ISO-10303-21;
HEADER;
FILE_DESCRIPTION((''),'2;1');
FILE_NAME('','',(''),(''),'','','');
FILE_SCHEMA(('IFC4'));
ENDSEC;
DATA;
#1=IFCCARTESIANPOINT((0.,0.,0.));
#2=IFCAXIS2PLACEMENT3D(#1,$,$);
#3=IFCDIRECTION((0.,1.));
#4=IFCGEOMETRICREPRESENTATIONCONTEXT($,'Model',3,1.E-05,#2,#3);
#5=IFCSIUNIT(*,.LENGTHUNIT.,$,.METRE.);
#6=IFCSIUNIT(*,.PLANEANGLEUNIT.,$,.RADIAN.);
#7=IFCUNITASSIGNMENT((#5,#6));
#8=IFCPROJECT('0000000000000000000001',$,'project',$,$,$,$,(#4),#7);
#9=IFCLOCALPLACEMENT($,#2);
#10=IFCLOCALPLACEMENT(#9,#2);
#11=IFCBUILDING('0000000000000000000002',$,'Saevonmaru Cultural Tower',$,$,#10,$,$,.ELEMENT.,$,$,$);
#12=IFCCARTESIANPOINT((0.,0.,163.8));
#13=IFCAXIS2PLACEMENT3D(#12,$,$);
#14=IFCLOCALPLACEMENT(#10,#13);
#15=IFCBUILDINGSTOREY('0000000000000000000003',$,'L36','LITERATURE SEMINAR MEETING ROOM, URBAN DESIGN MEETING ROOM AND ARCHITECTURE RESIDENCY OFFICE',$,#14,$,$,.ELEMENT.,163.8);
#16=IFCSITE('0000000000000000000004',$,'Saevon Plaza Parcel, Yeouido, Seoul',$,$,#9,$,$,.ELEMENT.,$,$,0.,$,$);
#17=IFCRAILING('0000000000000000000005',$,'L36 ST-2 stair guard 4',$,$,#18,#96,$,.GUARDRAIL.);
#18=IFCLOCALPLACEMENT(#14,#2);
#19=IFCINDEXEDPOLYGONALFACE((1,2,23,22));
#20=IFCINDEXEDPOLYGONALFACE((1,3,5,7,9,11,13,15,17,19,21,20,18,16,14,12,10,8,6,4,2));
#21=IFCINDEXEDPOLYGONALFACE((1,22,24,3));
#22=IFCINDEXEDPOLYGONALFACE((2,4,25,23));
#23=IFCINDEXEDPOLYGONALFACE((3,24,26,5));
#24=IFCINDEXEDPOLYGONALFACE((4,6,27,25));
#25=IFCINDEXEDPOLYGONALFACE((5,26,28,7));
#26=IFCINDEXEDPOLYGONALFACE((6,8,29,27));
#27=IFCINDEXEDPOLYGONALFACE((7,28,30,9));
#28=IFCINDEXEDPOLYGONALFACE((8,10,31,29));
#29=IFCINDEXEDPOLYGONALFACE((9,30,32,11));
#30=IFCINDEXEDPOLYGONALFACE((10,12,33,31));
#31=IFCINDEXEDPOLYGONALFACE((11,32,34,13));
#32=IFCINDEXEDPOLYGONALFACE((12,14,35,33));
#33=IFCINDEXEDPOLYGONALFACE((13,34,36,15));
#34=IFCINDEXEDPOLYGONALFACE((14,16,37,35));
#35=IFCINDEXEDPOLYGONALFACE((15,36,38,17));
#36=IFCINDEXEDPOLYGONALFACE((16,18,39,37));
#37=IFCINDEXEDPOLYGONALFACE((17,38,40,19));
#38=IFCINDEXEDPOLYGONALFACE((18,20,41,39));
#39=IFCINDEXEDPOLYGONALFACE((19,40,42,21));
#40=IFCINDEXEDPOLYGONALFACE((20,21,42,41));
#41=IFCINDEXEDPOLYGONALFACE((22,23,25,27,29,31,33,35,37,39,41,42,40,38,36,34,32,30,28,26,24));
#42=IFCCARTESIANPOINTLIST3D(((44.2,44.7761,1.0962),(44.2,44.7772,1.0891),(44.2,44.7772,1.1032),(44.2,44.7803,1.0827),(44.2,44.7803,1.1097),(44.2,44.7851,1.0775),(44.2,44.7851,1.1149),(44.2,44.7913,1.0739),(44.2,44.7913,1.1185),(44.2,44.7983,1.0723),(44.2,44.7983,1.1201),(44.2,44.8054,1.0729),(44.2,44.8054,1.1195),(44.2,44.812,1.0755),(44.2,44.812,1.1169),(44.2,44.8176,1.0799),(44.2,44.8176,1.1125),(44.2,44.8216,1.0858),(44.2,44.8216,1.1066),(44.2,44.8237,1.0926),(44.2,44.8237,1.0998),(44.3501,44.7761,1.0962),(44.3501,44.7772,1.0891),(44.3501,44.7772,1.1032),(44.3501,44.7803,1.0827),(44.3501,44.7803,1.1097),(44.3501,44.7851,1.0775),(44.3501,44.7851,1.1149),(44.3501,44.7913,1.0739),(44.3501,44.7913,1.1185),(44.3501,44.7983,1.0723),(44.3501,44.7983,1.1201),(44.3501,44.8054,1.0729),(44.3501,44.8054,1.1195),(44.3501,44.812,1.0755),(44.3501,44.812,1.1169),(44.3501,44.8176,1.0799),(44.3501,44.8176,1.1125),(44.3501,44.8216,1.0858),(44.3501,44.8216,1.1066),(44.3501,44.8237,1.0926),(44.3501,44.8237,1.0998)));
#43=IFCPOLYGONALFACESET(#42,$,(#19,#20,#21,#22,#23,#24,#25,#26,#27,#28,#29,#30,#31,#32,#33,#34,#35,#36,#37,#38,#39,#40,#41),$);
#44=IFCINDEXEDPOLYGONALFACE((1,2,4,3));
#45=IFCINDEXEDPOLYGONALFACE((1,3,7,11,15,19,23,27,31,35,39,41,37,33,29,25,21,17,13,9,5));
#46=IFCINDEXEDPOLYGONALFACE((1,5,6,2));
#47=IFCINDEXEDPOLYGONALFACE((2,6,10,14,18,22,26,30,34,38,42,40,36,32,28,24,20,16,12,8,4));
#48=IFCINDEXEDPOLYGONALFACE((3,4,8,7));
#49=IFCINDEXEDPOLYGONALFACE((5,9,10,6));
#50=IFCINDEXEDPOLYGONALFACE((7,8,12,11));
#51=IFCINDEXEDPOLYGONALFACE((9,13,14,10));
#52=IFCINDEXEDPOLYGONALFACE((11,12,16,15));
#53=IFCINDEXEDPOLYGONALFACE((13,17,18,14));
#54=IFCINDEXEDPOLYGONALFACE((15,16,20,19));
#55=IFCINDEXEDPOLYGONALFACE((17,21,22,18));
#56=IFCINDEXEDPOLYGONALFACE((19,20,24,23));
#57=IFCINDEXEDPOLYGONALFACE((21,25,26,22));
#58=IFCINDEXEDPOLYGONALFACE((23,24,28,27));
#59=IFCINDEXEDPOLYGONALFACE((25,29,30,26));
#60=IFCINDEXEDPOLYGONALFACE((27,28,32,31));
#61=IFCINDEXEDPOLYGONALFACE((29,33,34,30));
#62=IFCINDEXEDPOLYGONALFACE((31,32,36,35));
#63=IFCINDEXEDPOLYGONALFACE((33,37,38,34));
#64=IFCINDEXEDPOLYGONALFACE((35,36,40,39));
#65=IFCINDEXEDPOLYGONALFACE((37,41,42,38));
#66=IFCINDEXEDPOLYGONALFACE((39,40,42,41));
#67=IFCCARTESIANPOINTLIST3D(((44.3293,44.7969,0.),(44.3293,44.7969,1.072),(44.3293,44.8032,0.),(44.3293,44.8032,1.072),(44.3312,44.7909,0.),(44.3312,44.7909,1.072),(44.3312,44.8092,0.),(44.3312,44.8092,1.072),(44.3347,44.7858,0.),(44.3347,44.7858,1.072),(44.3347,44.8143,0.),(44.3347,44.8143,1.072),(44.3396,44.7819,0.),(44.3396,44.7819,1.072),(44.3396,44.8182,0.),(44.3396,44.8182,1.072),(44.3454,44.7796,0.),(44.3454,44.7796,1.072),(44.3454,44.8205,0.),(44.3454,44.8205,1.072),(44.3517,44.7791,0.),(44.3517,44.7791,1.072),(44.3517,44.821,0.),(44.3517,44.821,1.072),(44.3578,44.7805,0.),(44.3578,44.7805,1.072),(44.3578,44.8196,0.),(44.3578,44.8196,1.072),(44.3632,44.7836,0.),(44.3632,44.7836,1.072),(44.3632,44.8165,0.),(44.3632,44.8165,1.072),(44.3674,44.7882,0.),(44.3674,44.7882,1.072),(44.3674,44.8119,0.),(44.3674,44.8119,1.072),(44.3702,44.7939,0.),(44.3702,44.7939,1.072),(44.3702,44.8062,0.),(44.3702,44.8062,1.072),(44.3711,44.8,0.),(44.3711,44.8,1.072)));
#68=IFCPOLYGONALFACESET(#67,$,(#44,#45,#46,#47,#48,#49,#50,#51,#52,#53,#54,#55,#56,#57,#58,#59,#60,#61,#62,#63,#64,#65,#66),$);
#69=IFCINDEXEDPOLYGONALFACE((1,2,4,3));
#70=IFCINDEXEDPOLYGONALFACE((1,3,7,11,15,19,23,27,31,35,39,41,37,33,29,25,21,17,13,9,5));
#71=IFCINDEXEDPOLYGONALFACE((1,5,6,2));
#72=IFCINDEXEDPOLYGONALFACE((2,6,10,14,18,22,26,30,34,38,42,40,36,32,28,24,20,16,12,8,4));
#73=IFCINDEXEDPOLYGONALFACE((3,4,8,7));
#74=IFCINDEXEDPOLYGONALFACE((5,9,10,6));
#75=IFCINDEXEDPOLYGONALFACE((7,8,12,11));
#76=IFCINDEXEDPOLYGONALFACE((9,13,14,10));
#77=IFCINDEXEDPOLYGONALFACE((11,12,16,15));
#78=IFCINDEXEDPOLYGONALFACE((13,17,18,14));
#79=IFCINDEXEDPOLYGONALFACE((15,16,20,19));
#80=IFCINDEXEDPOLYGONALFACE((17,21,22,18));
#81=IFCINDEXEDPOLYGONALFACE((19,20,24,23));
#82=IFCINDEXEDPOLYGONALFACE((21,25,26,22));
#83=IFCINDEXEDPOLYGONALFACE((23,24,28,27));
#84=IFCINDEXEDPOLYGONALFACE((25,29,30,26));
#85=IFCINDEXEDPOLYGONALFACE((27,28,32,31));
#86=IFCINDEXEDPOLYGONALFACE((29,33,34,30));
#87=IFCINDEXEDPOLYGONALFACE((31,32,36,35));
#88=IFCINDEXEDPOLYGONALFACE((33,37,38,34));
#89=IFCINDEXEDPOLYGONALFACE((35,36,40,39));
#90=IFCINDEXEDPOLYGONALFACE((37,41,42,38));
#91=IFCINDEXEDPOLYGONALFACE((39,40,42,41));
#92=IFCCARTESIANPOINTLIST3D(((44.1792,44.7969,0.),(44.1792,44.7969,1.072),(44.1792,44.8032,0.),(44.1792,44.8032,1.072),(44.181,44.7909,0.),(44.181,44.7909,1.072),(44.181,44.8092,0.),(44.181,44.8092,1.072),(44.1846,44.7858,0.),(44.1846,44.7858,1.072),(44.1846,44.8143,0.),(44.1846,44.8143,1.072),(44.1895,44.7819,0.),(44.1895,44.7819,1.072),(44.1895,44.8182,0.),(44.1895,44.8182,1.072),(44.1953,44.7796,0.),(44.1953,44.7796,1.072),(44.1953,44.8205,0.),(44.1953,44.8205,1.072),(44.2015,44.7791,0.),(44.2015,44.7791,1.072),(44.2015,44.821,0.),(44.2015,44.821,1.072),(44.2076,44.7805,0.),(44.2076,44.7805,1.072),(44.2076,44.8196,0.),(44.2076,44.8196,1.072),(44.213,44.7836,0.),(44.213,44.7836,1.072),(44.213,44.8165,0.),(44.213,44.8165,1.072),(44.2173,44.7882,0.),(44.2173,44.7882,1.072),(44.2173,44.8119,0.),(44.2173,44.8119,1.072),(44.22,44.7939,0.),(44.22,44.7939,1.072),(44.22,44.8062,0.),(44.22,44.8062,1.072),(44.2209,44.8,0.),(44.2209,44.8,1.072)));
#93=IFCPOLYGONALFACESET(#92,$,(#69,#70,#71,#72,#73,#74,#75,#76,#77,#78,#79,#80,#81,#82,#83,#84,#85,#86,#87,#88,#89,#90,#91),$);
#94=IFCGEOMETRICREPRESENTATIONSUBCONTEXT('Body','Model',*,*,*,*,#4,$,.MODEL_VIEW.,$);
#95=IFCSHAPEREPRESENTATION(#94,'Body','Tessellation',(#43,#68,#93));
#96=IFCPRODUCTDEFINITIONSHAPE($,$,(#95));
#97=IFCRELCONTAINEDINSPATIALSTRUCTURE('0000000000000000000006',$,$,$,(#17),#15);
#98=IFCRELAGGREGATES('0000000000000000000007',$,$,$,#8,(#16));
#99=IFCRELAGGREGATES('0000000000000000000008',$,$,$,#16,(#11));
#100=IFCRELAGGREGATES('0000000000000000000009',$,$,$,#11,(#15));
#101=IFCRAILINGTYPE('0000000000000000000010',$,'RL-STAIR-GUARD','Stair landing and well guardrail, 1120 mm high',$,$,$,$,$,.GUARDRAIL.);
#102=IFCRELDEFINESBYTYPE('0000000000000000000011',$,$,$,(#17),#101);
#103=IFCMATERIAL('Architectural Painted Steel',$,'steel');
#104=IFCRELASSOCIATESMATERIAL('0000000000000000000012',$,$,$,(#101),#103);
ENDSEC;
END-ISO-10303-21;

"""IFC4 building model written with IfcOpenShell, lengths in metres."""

from ifc_helpers import new_model, si_unit, direction, frame, origin, origin_2d, place, context, subcontext, project, spatial, circle, extrude, material, type_object, element, save


model = new_model("IFC4")

# Units and contexts
model_context = context("Model", 3, precision=1e-05, world=origin(), true_north=direction((0.0, 1.0)))
body_context = subcontext(model_context, "Body", "Model", "MODEL_VIEW")
ifc_project = project(units=[si_unit("LENGTHUNIT", "METRE"), si_unit("PLANEANGLEUNIT", "RADIAN")], contexts=[model_context])

# Site, building, storey
site_placement = place(None, origin())
site = spatial("IfcSite", under=ifc_project, at=site_placement, Name="Saevon Plaza Parcel, Yeouido, Seoul", CompositionType="ELEMENT", RefElevation=0.0)
building_placement = place(site_placement, origin())
building = spatial("IfcBuilding", under=site, at=building_placement, Name="Saevonmaru Cultural Tower", CompositionType="ELEMENT")
storey_placement = place(building_placement, frame((0.0, 0.0, 163.8)))
storey = spatial("IfcBuildingStorey", under=building, at=storey_placement, Name="L36", Description="LITERATURE SEMINAR MEETING ROOM, URBAN DESIGN MEETING ROOM AND ARCHITECTURE RESIDENCY OFFICE", CompositionType="ELEMENT", Elevation=163.8)

# Railing
ifc_material_1 = material(Name="Architectural Painted Steel", Category="steel")
railing_type_1 = type_object("IfcRailingType", Name="RL-STAIR-GUARD", Description="Stair landing and well guardrail, 1120 mm high", PredefinedType="GUARDRAIL", material=ifc_material_1)
railing_1_placement = place(storey_placement, frame((44.3501, 44.8, 0.0)))
element("IfcRailing", 1, at=railing_1_placement, inside=storey, type_object=railing_type_1, Name="L36 ST-2 stair guard 4", PredefinedType="GUARDRAIL", context=body_context, shape_type="SweptSolid", body=[
    extrude(circle(Radius=0.0239, at=origin_2d()), frame((0.0, 0.0, 1.0962), z_axis=(-1.0, 0.0, 0.0), x_axis=(0.0, -1.0, 0.0)), (0.0, 0.0, 1.0), 0.1501),
    extrude(circle(Radius=0.021, at=origin_2d()), origin(), (0.0, 0.0, 1.0), 1.072),
    extrude(circle(Radius=0.021, at=origin_2d()), frame((-0.1501, 0.0, 0.0)), (0.0, 0.0, 1.0), 1.072),
])

save(model, "model.ifc")
